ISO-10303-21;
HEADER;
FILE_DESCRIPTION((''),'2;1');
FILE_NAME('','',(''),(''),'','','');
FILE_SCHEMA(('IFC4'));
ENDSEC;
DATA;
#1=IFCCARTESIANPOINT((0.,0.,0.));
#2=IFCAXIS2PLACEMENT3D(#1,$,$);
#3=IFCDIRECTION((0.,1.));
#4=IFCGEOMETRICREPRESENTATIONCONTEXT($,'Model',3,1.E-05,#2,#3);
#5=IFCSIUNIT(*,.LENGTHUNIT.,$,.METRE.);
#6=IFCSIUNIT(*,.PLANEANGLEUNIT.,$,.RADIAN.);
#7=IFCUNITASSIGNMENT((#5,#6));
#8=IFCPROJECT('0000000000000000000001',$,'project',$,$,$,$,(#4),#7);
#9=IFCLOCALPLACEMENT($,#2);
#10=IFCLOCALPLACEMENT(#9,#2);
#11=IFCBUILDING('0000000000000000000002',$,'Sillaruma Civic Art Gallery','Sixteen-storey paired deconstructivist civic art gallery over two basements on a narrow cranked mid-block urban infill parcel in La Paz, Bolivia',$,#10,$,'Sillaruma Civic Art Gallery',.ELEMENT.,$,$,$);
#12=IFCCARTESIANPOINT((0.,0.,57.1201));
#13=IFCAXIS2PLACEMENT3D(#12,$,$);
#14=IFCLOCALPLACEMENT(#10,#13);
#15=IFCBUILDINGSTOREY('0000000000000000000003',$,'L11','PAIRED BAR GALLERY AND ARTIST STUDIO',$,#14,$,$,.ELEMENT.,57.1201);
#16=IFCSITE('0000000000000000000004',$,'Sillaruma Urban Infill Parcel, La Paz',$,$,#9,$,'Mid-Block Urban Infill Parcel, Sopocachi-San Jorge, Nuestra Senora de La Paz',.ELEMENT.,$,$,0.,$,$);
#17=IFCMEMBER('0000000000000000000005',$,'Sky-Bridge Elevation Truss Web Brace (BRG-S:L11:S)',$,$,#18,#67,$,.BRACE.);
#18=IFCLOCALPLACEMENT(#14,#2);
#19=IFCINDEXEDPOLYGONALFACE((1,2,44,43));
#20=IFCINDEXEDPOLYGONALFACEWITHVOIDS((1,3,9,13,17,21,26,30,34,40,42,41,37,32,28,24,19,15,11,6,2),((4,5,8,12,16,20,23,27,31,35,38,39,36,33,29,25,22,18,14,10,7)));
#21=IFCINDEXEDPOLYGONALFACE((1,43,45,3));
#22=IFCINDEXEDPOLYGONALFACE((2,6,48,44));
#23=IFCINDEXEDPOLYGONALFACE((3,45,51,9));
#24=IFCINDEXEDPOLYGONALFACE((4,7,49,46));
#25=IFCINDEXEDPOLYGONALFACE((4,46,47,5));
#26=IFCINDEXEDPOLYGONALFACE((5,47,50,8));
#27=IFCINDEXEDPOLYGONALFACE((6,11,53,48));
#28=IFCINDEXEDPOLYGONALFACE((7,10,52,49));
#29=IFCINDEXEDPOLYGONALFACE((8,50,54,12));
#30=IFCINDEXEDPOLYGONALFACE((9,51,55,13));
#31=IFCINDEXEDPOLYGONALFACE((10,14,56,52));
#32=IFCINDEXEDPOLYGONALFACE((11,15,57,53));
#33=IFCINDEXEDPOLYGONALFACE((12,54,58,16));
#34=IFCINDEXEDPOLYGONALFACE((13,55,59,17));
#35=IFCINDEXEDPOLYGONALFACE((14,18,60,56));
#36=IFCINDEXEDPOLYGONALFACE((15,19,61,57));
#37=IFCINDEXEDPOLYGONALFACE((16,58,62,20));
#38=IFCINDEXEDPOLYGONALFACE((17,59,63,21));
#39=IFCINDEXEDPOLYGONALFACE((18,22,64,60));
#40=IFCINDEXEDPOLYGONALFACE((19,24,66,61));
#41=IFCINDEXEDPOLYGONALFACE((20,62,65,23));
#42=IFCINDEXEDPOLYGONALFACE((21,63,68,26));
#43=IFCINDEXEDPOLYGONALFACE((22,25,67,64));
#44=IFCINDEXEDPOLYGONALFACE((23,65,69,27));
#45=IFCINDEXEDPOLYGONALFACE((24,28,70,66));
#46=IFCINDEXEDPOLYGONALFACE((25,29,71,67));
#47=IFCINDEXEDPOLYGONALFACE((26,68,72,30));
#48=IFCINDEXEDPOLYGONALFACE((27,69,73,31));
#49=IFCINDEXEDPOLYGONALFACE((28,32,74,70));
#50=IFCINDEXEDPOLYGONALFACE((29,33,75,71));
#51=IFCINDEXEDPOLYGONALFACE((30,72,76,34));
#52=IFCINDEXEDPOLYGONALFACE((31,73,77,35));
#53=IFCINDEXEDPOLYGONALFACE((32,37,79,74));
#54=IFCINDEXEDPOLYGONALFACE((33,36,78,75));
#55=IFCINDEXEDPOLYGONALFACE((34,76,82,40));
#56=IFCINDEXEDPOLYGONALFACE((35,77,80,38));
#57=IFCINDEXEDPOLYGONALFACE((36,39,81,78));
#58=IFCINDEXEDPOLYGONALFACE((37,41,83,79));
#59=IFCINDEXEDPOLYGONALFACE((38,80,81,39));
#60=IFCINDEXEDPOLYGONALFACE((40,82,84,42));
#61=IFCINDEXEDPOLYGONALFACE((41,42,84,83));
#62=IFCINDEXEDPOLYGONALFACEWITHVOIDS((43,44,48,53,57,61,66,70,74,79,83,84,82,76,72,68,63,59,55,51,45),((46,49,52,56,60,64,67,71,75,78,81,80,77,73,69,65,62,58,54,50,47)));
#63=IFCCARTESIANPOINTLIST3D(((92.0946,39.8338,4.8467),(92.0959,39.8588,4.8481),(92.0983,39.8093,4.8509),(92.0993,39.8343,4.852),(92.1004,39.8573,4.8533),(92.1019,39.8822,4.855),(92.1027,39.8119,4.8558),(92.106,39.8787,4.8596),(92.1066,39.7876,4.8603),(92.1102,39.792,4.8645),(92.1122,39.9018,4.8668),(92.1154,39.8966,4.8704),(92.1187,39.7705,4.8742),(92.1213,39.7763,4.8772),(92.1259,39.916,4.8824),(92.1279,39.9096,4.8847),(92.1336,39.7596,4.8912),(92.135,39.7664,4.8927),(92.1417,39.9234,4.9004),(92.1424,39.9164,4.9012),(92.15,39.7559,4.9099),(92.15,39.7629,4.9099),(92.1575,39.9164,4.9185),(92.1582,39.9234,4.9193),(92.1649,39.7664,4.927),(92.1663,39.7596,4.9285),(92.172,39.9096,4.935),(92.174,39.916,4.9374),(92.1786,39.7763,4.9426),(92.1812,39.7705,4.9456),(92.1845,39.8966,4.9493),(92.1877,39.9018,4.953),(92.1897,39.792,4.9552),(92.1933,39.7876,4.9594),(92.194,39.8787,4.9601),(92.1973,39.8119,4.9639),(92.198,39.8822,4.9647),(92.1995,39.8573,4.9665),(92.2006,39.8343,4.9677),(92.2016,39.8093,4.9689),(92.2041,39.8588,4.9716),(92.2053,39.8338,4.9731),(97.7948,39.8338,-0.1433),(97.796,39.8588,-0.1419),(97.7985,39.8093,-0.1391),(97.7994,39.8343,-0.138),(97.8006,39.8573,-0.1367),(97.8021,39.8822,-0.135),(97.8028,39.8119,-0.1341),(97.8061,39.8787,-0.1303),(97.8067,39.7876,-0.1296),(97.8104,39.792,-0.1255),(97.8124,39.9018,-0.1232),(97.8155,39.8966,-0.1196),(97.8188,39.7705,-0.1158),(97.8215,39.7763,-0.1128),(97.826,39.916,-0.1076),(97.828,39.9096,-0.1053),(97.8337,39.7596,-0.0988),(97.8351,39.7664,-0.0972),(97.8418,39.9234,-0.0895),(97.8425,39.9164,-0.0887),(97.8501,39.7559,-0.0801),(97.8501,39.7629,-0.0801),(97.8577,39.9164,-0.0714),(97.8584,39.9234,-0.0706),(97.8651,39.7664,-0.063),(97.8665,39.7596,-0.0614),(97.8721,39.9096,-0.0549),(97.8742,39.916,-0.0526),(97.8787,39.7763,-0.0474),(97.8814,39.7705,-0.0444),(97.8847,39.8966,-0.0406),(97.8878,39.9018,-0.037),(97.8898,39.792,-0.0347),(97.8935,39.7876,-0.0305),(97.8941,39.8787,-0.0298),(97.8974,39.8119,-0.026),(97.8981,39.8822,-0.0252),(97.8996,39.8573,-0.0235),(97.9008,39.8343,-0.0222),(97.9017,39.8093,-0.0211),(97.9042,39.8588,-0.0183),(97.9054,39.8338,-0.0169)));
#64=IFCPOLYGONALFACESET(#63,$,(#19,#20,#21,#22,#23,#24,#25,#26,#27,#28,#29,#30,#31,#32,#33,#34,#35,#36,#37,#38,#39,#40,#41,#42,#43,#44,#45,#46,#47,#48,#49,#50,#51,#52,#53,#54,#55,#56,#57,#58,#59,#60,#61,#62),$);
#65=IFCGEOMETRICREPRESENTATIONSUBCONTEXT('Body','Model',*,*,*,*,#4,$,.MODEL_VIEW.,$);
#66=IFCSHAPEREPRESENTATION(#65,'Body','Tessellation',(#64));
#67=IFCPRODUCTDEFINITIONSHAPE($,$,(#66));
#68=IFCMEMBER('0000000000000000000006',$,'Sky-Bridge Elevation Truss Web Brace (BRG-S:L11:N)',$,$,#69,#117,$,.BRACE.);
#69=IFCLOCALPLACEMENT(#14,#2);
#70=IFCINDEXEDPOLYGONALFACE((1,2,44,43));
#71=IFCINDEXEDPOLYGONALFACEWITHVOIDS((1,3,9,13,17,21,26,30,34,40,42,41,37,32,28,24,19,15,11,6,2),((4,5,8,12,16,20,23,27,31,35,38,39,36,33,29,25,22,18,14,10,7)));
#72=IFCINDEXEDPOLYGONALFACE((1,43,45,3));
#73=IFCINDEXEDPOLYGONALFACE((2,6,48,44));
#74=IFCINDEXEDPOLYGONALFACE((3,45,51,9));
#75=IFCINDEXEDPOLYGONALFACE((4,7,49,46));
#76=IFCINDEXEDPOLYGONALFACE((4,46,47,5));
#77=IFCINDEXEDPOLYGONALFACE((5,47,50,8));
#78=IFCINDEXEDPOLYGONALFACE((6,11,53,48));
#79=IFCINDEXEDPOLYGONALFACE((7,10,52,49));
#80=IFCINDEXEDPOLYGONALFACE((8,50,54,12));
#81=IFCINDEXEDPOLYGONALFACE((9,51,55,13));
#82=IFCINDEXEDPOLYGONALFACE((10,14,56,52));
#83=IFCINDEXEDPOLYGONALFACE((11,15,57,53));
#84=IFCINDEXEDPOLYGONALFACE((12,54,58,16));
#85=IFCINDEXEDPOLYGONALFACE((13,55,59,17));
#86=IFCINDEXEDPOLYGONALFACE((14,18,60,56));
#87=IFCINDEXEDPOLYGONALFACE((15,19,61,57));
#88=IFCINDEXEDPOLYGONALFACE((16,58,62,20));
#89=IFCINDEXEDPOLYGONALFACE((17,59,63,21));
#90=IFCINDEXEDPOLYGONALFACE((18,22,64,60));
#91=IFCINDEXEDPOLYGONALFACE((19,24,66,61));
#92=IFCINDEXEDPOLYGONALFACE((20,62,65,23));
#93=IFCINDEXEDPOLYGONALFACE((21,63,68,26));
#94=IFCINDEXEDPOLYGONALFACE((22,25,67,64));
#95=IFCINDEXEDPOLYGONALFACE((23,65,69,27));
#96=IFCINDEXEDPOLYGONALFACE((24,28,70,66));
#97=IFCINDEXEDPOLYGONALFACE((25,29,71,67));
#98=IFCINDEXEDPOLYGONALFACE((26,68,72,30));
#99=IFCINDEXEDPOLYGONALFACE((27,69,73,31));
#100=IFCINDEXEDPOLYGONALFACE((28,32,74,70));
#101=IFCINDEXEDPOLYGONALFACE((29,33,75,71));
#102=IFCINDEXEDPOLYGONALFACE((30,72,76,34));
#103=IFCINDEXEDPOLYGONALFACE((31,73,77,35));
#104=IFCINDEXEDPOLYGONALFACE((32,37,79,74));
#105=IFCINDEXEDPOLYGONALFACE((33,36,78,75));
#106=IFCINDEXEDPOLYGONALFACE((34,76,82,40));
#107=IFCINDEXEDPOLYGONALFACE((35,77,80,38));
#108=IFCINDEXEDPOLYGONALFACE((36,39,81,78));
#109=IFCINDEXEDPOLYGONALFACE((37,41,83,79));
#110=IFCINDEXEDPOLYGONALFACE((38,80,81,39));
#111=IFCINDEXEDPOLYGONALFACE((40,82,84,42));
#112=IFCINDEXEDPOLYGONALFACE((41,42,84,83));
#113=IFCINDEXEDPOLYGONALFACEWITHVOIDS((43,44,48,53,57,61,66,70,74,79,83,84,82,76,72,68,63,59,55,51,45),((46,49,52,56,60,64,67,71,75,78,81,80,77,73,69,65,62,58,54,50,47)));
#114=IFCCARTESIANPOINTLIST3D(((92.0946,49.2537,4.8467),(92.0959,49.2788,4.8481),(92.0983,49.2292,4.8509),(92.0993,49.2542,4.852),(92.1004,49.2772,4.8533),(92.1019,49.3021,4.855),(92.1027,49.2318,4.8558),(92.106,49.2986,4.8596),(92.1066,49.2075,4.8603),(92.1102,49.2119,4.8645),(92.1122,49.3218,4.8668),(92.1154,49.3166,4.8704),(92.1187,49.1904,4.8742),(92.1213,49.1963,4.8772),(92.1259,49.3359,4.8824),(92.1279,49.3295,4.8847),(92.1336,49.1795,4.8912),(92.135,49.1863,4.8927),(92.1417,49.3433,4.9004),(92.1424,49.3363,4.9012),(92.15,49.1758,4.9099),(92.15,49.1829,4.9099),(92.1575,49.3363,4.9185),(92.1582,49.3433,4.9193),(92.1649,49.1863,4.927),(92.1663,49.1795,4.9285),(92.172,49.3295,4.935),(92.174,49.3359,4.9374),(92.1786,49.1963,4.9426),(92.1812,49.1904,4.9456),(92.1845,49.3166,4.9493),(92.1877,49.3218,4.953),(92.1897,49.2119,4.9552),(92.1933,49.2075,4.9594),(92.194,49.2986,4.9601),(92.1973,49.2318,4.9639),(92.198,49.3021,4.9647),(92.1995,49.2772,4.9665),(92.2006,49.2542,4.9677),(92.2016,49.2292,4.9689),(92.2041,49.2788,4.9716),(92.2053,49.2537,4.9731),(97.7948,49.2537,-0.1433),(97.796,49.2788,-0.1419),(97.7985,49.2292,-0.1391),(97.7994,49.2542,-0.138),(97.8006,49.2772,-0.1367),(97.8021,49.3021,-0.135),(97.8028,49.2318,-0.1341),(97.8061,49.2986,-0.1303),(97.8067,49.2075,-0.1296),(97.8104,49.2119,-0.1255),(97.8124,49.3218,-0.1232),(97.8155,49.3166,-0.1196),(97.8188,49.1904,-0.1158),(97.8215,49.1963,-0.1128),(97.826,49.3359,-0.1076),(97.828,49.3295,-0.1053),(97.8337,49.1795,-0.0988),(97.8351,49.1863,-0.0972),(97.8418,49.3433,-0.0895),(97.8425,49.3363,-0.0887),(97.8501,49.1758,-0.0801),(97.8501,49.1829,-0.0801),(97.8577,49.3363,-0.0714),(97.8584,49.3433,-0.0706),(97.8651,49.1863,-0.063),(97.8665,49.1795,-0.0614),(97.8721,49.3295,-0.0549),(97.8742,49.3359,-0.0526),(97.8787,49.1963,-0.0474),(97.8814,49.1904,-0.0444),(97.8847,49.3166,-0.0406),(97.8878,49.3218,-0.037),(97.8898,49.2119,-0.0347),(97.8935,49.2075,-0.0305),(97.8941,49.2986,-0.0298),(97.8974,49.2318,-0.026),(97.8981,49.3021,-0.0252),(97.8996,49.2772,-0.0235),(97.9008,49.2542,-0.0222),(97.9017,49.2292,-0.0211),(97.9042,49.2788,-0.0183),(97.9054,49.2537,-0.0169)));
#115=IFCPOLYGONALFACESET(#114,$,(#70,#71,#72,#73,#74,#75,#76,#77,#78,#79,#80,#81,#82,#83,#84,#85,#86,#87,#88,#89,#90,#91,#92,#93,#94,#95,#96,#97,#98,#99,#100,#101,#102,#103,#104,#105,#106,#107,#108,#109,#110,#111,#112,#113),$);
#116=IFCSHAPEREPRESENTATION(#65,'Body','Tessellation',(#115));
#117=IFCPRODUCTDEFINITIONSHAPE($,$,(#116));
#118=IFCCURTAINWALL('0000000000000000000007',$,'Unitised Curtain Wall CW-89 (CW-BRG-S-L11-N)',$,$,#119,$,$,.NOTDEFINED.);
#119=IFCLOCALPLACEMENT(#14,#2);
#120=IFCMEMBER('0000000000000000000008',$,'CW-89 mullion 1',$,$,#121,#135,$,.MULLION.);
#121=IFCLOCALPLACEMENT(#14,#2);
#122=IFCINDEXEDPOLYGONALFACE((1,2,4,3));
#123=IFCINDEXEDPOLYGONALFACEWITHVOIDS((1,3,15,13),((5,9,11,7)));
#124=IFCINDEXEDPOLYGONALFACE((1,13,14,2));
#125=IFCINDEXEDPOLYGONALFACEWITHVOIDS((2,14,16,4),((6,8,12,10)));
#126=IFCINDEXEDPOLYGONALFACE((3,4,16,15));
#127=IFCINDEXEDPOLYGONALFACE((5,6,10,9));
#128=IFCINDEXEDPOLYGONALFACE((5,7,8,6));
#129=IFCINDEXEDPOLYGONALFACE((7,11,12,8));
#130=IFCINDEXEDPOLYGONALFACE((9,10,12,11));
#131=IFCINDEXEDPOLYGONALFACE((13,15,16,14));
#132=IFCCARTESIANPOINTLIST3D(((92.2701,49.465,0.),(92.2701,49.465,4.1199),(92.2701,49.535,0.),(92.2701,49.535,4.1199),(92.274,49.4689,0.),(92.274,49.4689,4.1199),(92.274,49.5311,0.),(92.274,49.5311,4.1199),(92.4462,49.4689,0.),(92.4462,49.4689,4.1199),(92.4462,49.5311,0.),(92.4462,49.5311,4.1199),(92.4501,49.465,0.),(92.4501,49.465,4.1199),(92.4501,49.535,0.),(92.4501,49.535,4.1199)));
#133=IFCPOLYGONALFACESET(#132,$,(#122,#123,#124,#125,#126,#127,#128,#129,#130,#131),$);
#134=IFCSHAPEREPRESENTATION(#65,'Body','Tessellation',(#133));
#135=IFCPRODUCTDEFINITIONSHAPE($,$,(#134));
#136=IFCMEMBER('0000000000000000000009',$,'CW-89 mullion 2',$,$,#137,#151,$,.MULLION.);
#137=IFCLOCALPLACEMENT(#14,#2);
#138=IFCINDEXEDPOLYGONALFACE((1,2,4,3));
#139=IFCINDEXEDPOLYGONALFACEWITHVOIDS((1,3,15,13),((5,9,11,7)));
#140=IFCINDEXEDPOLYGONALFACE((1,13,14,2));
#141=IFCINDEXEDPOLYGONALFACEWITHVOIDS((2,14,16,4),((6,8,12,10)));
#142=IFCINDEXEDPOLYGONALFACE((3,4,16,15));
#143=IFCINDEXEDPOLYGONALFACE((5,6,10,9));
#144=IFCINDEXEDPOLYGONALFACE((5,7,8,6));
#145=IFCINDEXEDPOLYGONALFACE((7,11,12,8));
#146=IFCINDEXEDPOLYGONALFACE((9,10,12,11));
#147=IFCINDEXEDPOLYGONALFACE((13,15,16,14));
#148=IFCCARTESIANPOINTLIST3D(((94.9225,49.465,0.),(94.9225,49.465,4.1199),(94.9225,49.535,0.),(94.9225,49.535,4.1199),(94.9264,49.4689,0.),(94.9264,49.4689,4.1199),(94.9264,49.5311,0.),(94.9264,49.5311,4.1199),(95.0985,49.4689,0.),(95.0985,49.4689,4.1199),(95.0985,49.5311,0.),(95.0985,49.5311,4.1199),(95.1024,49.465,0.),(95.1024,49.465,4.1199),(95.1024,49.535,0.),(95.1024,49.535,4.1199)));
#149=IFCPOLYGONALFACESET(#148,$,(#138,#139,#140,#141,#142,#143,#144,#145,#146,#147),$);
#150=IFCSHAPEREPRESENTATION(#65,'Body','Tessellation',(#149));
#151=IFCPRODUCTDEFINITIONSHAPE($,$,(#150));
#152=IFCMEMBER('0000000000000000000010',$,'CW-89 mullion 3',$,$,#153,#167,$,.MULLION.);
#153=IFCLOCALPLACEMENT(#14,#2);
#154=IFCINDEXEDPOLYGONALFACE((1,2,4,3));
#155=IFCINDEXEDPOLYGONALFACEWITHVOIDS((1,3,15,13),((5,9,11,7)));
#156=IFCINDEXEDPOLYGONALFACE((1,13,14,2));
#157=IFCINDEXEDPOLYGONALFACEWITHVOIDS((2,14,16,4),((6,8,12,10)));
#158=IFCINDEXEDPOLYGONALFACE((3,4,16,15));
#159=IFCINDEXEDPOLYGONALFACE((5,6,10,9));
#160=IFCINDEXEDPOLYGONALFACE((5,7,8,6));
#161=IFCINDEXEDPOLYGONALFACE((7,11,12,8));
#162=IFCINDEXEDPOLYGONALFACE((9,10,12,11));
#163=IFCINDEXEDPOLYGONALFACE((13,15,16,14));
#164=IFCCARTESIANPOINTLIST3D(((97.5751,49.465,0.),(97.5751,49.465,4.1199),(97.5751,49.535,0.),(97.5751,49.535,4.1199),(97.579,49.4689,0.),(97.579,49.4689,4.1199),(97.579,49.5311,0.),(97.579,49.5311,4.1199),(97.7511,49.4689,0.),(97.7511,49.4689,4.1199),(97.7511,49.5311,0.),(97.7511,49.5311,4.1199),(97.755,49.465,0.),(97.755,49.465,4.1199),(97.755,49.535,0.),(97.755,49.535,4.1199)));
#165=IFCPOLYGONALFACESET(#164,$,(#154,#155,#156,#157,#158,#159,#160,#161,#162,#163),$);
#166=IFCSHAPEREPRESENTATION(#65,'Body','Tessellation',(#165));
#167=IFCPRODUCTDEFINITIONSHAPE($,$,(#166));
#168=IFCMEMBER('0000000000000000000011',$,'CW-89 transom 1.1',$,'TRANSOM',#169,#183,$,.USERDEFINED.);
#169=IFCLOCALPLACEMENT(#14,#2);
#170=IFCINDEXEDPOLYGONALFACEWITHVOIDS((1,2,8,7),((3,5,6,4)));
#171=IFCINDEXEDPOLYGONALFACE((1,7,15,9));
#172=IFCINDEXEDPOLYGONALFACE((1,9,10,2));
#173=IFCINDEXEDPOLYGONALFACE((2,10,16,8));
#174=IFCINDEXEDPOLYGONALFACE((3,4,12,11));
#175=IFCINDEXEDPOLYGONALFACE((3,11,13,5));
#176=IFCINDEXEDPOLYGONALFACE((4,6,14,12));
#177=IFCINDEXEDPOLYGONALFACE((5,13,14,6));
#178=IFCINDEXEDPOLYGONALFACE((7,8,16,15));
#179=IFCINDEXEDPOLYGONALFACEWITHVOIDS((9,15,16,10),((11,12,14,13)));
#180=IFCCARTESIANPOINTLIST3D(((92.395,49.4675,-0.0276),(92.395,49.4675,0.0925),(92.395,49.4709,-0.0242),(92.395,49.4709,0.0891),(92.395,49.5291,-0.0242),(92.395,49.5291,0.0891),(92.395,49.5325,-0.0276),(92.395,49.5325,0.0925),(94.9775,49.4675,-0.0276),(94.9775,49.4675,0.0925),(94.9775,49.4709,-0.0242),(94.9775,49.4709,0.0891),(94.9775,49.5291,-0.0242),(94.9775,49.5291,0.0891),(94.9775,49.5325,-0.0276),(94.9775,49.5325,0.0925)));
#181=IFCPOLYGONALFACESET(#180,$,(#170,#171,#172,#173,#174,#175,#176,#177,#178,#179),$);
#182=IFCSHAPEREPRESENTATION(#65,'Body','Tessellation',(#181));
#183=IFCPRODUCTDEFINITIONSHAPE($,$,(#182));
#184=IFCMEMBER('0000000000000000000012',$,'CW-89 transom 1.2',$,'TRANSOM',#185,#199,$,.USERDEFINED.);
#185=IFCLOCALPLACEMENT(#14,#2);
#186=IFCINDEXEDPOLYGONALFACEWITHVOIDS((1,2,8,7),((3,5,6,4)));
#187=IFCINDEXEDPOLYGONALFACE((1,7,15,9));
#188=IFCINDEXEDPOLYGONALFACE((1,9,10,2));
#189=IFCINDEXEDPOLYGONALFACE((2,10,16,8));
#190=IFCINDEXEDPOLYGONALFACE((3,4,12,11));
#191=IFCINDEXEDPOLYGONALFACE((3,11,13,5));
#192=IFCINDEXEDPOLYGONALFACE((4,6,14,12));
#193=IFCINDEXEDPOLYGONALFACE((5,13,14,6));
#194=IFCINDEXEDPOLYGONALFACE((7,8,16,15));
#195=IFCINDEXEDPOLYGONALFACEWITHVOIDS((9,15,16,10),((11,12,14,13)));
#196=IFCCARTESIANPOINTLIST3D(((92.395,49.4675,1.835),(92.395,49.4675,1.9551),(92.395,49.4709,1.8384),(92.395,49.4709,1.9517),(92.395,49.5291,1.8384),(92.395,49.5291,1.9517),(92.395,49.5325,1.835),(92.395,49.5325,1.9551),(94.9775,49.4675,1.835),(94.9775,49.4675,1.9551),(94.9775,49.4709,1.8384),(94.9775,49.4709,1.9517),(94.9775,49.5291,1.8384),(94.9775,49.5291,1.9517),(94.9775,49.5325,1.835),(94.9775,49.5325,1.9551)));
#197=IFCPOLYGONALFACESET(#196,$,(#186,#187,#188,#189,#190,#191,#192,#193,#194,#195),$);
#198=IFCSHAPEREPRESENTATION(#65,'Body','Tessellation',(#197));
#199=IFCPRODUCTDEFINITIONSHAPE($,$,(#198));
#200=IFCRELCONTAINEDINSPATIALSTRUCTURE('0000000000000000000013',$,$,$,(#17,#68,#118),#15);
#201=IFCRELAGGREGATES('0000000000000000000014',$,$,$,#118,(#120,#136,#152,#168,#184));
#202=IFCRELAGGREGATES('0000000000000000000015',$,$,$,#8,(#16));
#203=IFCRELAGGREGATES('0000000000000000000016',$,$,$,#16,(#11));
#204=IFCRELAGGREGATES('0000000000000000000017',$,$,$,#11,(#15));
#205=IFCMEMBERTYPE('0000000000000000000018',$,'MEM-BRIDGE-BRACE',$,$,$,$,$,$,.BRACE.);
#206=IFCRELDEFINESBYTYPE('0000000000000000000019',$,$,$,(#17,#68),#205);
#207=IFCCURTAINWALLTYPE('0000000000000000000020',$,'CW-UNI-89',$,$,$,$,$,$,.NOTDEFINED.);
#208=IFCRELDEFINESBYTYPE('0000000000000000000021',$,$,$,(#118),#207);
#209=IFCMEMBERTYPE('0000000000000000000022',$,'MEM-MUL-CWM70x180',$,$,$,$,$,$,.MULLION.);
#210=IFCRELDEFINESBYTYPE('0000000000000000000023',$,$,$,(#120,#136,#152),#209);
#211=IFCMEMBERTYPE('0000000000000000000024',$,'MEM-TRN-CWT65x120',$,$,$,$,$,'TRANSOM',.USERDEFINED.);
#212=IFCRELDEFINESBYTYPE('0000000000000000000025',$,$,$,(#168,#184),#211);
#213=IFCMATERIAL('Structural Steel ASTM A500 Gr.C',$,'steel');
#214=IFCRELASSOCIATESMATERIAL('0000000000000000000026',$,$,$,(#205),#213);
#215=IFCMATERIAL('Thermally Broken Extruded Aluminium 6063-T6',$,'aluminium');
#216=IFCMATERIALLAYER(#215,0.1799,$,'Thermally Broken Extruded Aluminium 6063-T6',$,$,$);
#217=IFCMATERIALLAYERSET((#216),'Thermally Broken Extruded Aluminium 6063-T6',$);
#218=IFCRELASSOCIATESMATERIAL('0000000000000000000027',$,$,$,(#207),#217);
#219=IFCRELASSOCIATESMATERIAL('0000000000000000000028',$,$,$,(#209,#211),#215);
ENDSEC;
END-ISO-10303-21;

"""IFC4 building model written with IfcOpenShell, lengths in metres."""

from ifc_helpers import new_model, si_unit, direction, frame, origin, origin_2d, place, context, subcontext, project, spatial, hollow_rectangle, hollow_circle, extrude, material, layer, layer_set, material_profile, profile_set, type_object, element, aggregate, save


model = new_model("IFC4")

# Units and contexts
model_context = context("Model", 3, precision=1e-05, world=origin(), true_north=direction((0.0, 1.0)))
body_context = subcontext(model_context, "Body", "Model", "MODEL_VIEW")
ifc_project = project(units=[si_unit("LENGTHUNIT", "METRE"), si_unit("PLANEANGLEUNIT", "RADIAN")], contexts=[model_context])

# Site, building, storey
site_placement = place(None, origin())
site = spatial("IfcSite", under=ifc_project, at=site_placement, Name="Sillaruma Urban Infill Parcel, La Paz", LongName="Mid-Block Urban Infill Parcel, Sopocachi-San Jorge, Nuestra Senora de La Paz", CompositionType="ELEMENT", RefElevation=0.0)
building_placement = place(site_placement, origin())
building = spatial("IfcBuilding", under=site, at=building_placement, Name="Sillaruma Civic Art Gallery", Description="Sixteen-storey paired deconstructivist civic art gallery over two basements on a narrow cranked mid-block urban infill parcel in La Paz, Bolivia", LongName="Sillaruma Civic Art Gallery", CompositionType="ELEMENT")
storey_placement = place(building_placement, frame((0.0, 0.0, 57.1201)))
storey = spatial("IfcBuildingStorey", under=building, at=storey_placement, Name="L11", Description="PAIRED BAR GALLERY AND ARTIST STUDIO", CompositionType="ELEMENT", Elevation=57.1201)

# Shared definitions
ifc_material_1 = material(Name="Structural Steel ASTM A500 Gr.C", Category="steel")

# Members
ifc_material_profile_1 = material_profile(ifc_material_1, hollow_circle(Radius=0.0842, WallThickness=0.0071, at=origin_2d()), Name="CHS168.3x7.1")
ifc_profile_set_1 = profile_set([ifc_material_profile_1], Name="Structural Steel ASTM A500 Gr.C")
member_type_1 = type_object("IfcMemberType", Name="MEM-BRIDGE-BRACE", PredefinedType="BRACE", material=ifc_profile_set_1)
for number, where, z_axis, x_axis, name in (
    (1, (97.8501, 39.8401, -0.0801), (-0.752425, 0.0, 0.658678), (0.0, -1.0, 0.0), "Sky-Bridge Elevation Truss Web Brace (BRG-S:L11:S)"),
    (2, (97.8501, 49.26, -0.0801), (-0.752425, 0.0, 0.658678), (0.0, -1.0, 0.0), "Sky-Bridge Elevation Truss Web Brace (BRG-S:L11:N)"),
):
    element("IfcMember", number, at=place(storey_placement, frame(where, z_axis=z_axis, x_axis=x_axis)), inside=storey, type_object=member_type_1, Name=name, PredefinedType="BRACE", context=body_context, shape_type="SweptSolid", body=[
        extrude(hollow_circle(Radius=0.0842, WallThickness=0.0071, at=origin_2d()), origin(), (0.0, 0.0, 1.0), 7.5757),
    ])

# Curtain wall, members
ifc_material_2 = material(Name="Thermally Broken Extruded Aluminium 6063-T6", Category="aluminium")
ifc_layer_1 = layer(ifc_material_2, 0.1799, Name="Thermally Broken Extruded Aluminium 6063-T6")
ifc_layer_set_1 = layer_set([ifc_layer_1], Name="Thermally Broken Extruded Aluminium 6063-T6")
curtain_wall_type = type_object("IfcCurtainWallType", Name="CW-UNI-89", PredefinedType="NOTDEFINED", material=ifc_layer_set_1)
curtain_wall_placement = place(storey_placement, origin())
curtain_wall = element("IfcCurtainWall", 3, at=curtain_wall_placement, inside=storey, type_object=curtain_wall_type, Name="Unitised Curtain Wall CW-89 (CW-BRG-S-L11-N)", PredefinedType="NOTDEFINED")
ifc_material_profile_2 = material_profile(ifc_material_2, hollow_rectangle(XDim=0.0701, YDim=0.1799, WallThickness=0.0039, at=origin_2d()), Name="CWM70x180")
ifc_profile_set_2 = profile_set([ifc_material_profile_2], Name="Thermally Broken Extruded Aluminium 6063-T6")
member_type_2 = type_object("IfcMemberType", Name="MEM-MUL-CWM70x180", PredefinedType="MULLION", material=ifc_profile_set_2)
member_1_placement = place(storey_placement, frame((92.3601, 49.5, 0.0), z_axis=(0.0, 0.0, 1.0), x_axis=(0.0, 1.0, 0.0)))
member_1 = element("IfcMember", 4, at=member_1_placement, type_object=member_type_2, Name="CW-89 mullion 1", PredefinedType="MULLION", context=body_context, shape_type="SweptSolid", body=[
    extrude(hollow_rectangle(XDim=0.0701, YDim=0.1799, WallThickness=0.0039, at=origin_2d()), origin(), (0.0, 0.0, 1.0), 4.1199),
])
member_2_placement = place(storey_placement, frame((95.0125, 49.5, 0.0), z_axis=(0.0, 0.0, 1.0), x_axis=(0.0, 1.0, 0.0)))
member_2 = element("IfcMember", 5, at=member_2_placement, type_object=member_type_2, Name="CW-89 mullion 2", PredefinedType="MULLION", context=body_context, shape_type="SweptSolid", body=[
    extrude(hollow_rectangle(XDim=0.0701, YDim=0.1799, WallThickness=0.0039, at=origin_2d()), origin(), (0.0, 0.0, 1.0), 4.1199),
])
member_3_placement = place(storey_placement, frame((97.665, 49.5, 0.0), z_axis=(0.0, 0.0, 1.0), x_axis=(0.0, 1.0, 0.0)))
member_3 = element("IfcMember", 6, at=member_3_placement, type_object=member_type_2, Name="CW-89 mullion 3", PredefinedType="MULLION", context=body_context, shape_type="SweptSolid", body=[
    extrude(hollow_rectangle(XDim=0.0701, YDim=0.1799, WallThickness=0.0039, at=origin_2d()), origin(), (0.0, 0.0, 1.0), 4.1199),
])
ifc_material_profile_3 = material_profile(ifc_material_2, hollow_rectangle(XDim=0.0649, YDim=0.1201, WallThickness=0.0034, at=origin_2d()), Name="CWT65x120")
ifc_profile_set_3 = profile_set([ifc_material_profile_3], Name="Thermally Broken Extruded Aluminium 6063-T6")
member_type_3 = type_object("IfcMemberType", Name="MEM-TRN-CWT65x120", ElementType="TRANSOM", PredefinedType="USERDEFINED", material=ifc_profile_set_3)
member_4_placement = place(storey_placement, frame((92.395, 49.5, 0.0325), z_axis=(1.0, 0.0, 0.0), x_axis=(0.0, 1.0, 0.0)))
member_4 = element("IfcMember", 7, at=member_4_placement, type_object=member_type_3, Name="CW-89 transom 1.1", ObjectType="TRANSOM", PredefinedType="USERDEFINED", context=body_context, shape_type="SweptSolid", body=[
    extrude(hollow_rectangle(XDim=0.0649, YDim=0.1201, WallThickness=0.0034, at=origin_2d()), origin(), (0.0, 0.0, 1.0), 2.5825),
])
member_5_placement = place(storey_placement, frame((92.395, 49.5, 1.895), z_axis=(1.0, 0.0, 0.0), x_axis=(0.0, 1.0, 0.0)))
member_5 = element("IfcMember", 8, at=member_5_placement, type_object=member_type_3, Name="CW-89 transom 1.2", ObjectType="TRANSOM", PredefinedType="USERDEFINED", context=body_context, shape_type="SweptSolid", body=[
    extrude(hollow_rectangle(XDim=0.0649, YDim=0.1201, WallThickness=0.0034, at=origin_2d()), origin(), (0.0, 0.0, 1.0), 2.5825),
])

aggregate(curtain_wall, [member_1, member_2, member_3, member_4, member_5])

save(model, "model.ifc")
